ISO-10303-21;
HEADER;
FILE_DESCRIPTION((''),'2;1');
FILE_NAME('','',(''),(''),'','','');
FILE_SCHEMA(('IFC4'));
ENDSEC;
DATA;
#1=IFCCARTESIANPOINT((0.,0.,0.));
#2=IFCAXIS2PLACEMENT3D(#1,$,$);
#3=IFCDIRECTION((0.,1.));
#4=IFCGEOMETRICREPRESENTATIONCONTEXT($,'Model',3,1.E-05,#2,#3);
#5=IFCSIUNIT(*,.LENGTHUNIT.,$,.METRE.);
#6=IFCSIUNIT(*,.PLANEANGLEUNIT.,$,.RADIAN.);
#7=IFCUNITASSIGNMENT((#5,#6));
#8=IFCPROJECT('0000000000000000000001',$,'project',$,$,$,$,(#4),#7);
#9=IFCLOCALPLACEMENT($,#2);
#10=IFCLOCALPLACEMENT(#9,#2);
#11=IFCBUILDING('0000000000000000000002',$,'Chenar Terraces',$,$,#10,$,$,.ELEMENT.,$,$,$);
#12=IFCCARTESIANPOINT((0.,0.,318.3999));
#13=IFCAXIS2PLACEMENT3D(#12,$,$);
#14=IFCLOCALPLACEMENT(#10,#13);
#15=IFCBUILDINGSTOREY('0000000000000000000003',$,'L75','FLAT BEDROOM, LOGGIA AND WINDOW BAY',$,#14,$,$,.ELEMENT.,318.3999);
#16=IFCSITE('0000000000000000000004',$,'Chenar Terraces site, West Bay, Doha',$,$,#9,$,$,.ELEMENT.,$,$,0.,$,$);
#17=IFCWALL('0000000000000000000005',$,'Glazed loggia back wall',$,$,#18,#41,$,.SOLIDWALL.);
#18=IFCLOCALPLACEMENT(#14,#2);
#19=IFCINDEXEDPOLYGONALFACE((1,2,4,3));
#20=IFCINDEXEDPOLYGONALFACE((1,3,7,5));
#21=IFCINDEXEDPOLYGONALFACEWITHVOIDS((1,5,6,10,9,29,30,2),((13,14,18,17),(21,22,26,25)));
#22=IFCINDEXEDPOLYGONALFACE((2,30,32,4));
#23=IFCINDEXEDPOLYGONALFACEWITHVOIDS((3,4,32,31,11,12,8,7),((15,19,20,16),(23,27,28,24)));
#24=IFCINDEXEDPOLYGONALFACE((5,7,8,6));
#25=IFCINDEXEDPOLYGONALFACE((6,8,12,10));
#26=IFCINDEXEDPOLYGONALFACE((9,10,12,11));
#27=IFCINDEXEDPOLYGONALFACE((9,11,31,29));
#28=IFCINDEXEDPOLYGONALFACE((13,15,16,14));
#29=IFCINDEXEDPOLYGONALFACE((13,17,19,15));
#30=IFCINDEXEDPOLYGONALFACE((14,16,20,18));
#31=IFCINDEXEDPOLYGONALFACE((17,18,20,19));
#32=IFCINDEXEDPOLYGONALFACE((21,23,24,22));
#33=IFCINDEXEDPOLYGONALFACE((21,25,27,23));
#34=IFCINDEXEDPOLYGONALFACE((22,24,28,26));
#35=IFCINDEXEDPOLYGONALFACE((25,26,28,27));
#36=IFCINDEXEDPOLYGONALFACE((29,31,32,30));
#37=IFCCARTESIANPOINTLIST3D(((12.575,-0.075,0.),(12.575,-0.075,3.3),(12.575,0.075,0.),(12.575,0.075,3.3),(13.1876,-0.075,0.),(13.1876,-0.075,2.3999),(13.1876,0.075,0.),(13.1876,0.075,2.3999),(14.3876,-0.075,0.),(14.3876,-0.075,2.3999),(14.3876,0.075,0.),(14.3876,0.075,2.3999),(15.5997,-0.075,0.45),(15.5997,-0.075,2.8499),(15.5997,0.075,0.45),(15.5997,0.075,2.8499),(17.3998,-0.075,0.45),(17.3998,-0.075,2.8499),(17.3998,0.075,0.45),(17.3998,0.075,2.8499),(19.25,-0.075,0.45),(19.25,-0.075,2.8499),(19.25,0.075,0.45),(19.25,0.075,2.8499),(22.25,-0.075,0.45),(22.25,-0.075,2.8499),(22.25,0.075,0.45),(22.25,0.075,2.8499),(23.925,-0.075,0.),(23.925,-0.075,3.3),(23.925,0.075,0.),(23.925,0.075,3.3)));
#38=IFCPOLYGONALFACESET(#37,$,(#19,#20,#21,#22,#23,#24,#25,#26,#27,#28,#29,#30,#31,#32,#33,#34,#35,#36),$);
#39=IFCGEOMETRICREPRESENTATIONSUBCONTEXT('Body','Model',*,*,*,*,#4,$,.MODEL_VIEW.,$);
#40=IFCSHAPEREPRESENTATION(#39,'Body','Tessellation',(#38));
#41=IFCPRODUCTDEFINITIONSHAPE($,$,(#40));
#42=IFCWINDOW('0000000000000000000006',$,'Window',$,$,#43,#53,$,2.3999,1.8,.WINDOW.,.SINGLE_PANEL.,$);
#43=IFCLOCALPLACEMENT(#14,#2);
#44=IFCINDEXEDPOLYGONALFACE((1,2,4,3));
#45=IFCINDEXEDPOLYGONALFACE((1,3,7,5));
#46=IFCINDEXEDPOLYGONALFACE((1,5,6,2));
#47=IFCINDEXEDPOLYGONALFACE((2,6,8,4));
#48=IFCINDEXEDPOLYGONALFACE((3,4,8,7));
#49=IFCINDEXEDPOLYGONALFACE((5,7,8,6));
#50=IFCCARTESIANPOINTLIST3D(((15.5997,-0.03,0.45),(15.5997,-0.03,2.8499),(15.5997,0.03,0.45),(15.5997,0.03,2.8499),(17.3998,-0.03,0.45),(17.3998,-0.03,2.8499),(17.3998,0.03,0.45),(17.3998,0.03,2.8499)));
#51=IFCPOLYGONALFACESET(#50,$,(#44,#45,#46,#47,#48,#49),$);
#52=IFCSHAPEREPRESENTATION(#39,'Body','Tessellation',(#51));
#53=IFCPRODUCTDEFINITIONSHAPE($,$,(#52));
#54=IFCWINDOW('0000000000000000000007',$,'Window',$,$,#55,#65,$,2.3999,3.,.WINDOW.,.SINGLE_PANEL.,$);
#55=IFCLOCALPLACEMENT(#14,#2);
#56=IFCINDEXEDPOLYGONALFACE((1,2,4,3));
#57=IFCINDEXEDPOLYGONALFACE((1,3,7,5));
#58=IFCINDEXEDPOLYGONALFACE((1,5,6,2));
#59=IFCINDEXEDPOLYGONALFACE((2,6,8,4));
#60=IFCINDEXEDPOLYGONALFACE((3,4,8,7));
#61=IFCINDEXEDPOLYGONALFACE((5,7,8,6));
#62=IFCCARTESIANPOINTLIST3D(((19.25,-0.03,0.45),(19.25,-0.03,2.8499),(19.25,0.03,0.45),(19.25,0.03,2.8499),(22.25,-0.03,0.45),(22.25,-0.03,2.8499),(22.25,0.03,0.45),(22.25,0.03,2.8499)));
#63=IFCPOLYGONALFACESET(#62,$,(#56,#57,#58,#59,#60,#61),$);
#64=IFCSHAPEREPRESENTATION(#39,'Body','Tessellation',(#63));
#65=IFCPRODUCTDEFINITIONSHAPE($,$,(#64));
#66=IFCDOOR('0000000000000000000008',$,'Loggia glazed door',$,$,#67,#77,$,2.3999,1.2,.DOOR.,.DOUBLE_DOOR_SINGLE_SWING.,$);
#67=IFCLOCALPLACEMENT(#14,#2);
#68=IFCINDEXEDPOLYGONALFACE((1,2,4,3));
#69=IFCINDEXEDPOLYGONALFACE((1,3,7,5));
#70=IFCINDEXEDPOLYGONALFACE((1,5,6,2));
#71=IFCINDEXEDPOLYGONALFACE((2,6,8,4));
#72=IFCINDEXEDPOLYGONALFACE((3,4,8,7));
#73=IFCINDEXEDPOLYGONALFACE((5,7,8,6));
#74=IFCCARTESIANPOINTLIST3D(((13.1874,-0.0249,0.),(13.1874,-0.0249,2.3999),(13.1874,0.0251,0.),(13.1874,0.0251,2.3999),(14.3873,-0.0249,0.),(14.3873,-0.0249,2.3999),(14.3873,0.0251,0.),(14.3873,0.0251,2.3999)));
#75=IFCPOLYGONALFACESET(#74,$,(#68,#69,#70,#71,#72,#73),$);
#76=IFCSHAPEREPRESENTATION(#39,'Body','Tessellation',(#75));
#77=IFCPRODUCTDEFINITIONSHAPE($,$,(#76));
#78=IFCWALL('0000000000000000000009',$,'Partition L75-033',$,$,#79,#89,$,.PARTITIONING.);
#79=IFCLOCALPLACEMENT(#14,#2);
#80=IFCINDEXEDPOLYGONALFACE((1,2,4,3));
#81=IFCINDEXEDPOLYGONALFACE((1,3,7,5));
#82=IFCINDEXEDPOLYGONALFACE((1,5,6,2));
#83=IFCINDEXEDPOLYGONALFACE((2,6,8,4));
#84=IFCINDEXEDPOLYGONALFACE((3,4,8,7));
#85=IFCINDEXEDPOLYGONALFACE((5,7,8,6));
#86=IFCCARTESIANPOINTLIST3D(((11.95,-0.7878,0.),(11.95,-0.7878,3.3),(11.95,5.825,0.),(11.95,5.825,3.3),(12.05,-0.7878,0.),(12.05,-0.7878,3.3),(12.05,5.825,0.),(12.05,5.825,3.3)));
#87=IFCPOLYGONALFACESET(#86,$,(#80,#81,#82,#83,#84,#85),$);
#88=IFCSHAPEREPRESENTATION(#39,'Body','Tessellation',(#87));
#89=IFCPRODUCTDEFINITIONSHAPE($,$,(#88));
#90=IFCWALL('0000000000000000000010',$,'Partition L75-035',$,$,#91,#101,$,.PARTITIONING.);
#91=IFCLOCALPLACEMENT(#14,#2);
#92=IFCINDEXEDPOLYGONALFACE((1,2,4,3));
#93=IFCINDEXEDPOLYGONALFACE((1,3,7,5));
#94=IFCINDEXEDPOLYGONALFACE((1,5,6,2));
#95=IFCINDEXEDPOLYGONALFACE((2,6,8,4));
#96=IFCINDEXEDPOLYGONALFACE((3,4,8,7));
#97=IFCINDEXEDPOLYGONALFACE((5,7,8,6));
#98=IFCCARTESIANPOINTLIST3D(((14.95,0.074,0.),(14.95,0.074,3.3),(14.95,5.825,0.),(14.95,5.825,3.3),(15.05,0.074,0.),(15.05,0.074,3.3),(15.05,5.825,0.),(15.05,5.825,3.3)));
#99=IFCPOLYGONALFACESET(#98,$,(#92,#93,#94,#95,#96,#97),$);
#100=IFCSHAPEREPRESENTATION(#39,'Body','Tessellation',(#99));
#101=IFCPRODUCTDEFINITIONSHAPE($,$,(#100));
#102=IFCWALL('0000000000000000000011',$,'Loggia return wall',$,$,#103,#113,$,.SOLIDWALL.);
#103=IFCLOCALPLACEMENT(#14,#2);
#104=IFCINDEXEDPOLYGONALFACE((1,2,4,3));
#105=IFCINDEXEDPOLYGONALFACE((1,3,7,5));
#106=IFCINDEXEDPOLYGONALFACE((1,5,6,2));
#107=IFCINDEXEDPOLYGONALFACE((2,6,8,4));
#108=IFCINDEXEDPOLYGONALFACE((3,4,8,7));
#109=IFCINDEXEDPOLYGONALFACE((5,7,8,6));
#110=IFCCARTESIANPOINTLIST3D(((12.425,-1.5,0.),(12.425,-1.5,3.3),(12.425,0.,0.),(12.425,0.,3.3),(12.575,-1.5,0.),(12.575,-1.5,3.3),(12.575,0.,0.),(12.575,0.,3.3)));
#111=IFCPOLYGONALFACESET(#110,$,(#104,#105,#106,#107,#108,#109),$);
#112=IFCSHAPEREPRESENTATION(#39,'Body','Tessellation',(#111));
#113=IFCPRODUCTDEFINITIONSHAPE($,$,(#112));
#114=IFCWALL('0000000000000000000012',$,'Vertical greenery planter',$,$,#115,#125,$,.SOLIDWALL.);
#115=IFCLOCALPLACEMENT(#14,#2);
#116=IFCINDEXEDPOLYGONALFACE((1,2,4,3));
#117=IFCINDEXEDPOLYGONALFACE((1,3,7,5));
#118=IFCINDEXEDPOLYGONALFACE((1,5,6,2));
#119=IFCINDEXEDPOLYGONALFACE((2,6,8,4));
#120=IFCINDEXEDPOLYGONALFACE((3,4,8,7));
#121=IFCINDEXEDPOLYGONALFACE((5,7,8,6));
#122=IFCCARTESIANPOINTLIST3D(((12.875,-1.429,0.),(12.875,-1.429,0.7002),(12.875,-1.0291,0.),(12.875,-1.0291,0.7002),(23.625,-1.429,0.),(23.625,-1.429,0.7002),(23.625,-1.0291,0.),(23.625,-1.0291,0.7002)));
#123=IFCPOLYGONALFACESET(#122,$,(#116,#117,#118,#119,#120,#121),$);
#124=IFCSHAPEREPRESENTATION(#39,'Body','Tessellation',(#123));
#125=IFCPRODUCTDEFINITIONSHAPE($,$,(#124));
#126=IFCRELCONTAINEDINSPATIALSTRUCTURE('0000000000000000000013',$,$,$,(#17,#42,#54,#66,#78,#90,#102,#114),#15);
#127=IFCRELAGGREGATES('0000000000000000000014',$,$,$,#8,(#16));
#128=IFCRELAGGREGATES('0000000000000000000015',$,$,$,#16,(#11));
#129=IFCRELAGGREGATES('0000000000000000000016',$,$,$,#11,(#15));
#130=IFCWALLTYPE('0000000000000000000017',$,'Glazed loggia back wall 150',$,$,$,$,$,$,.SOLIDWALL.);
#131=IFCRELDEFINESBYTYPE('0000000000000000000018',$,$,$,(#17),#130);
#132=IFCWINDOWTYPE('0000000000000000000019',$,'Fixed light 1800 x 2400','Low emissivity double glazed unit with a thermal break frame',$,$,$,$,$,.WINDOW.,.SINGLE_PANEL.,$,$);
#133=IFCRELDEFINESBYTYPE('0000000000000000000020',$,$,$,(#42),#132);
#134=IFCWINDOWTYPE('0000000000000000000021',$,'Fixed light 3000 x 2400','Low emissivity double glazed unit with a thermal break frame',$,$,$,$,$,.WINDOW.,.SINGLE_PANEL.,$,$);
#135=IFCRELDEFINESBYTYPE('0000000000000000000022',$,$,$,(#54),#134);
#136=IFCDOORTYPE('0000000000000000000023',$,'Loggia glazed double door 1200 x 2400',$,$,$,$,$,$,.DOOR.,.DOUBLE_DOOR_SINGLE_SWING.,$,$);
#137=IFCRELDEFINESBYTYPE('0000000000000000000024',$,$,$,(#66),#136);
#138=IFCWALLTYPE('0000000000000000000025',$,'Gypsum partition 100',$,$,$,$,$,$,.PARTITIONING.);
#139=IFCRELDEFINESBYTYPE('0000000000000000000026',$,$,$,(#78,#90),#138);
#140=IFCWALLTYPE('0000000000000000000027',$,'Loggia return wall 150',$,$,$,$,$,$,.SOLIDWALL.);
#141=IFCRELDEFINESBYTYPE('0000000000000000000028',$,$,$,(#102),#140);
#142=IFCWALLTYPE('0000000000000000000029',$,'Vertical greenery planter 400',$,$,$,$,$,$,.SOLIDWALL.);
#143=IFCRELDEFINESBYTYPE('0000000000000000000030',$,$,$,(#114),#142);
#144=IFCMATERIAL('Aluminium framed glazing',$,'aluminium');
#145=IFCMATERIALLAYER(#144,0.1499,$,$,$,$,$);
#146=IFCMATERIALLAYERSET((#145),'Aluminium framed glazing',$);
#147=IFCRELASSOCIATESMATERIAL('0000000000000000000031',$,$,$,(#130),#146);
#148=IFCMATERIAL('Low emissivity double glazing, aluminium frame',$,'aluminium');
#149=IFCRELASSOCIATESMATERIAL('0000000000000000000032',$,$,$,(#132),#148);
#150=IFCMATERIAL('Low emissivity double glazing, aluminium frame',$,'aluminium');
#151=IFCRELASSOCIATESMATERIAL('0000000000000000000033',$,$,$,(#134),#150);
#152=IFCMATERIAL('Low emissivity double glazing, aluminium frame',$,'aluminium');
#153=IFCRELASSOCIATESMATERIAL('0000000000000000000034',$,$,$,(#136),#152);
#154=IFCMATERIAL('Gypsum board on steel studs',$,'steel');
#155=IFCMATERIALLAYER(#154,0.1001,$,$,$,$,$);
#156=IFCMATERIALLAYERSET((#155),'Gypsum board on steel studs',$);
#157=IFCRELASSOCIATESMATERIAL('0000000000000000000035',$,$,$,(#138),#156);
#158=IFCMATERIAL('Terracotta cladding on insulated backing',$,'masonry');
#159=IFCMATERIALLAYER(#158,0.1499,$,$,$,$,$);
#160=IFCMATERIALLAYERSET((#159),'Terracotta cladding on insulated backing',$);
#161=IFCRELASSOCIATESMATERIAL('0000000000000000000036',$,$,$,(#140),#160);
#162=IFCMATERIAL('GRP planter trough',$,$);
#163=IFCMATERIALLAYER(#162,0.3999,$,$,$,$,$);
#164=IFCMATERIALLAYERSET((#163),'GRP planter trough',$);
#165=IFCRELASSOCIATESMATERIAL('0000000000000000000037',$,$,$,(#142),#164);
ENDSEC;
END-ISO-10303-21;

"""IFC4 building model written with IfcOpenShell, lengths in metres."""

from ifc_helpers import new_model, si_unit, direction, frame, frame_2d, origin, place, context, subcontext, project, spatial, rectangle, extrude, material, layer, layer_set, type_object, element, fill, save


model = new_model("IFC4")

# Units and contexts
model_context = context("Model", 3, precision=1e-05, world=origin(), true_north=direction((0.0, 1.0)))
body_context = subcontext(model_context, "Body", "Model", "MODEL_VIEW")
ifc_project = project(units=[si_unit("LENGTHUNIT", "METRE"), si_unit("PLANEANGLEUNIT", "RADIAN")], contexts=[model_context])

# Site, building, storey
site_placement = place(None, origin())
site = spatial("IfcSite", under=ifc_project, at=site_placement, Name="Chenar Terraces site, West Bay, Doha", CompositionType="ELEMENT", RefElevation=0.0)
building_placement = place(site_placement, origin())
building = spatial("IfcBuilding", under=site, at=building_placement, Name="Chenar Terraces", CompositionType="ELEMENT")
storey_placement = place(building_placement, frame((0.0, 0.0, 318.3999)))
storey = spatial("IfcBuildingStorey", under=building, at=storey_placement, Name="L75", Description="FLAT BEDROOM, LOGGIA AND WINDOW BAY", CompositionType="ELEMENT", Elevation=318.3999)

# Wall, openings, windows, door
ifc_material_1 = material(Name="Aluminium framed glazing", Category="aluminium")
ifc_layer_1 = layer(ifc_material_1, 0.1499)
ifc_layer_set_1 = layer_set([ifc_layer_1], Name="Aluminium framed glazing")
wall_type_1 = type_object("IfcWallType", Name="Glazed loggia back wall 150", PredefinedType="SOLIDWALL", material=ifc_layer_set_1)
wall_1_placement = place(storey_placement, frame((12.575, 0.0, 0.0), z_axis=(0.0, 0.0, 1.0), x_axis=(1.0, 0.0, 0.0)))
wall_1 = element("IfcWall", 1, at=wall_1_placement, inside=storey, type_object=wall_type_1, Name="Glazed loggia back wall", PredefinedType="SOLIDWALL", context=body_context, shape_type="SweptSolid", body=[
    extrude(rectangle(XDim=11.3501, YDim=0.1499, at=frame_2d((5.675, 0.0))), origin(), (0.0, 0.0, 1.0), 3.3),
])
opening_1_placement = place(wall_1_placement, frame((0.6125, 0.0, 0.0)))
opening_1 = element("IfcOpeningElement", 2, at=opening_1_placement, cuts=wall_1, PredefinedType="OPENING", context=body_context, shape_type="SweptSolid", body=[
    extrude(rectangle(XDim=1.2, YDim=2.3999, at=frame_2d((0.6001, 1.2))), frame((0.0, 0.085, 0.0), z_axis=(0.0, -1.0, 0.0), x_axis=(1.0, 0.0, 0.0)), (0.0, 0.0, 1.0), 0.1699),
])
opening_2_placement = place(wall_1_placement, frame((3.0249, 0.0, 0.45)))
opening_2 = element("IfcOpeningElement", 3, at=opening_2_placement, cuts=wall_1, PredefinedType="OPENING", context=body_context, shape_type="SweptSolid", body=[
    extrude(rectangle(XDim=1.8, YDim=2.3999, at=frame_2d((0.8999, 1.2))), frame((0.0, 0.085, 0.0), z_axis=(0.0, -1.0, 0.0), x_axis=(1.0, 0.0, 0.0)), (0.0, 0.0, 1.0), 0.1699),
])
opening_3_placement = place(wall_1_placement, frame((6.675, 0.0, 0.45)))
opening_3 = element("IfcOpeningElement", 4, at=opening_3_placement, cuts=wall_1, PredefinedType="OPENING", context=body_context, shape_type="SweptSolid", body=[
    extrude(rectangle(XDim=3.0, YDim=2.3999, at=frame_2d((1.5, 1.2))), frame((0.0, 0.085, 0.0), z_axis=(0.0, -1.0, 0.0), x_axis=(1.0, 0.0, 0.0)), (0.0, 0.0, 1.0), 0.1699),
])
ifc_material_2 = material(Name="Low emissivity double glazing, aluminium frame", Category="aluminium")
window_type_1 = type_object("IfcWindowType", Name="Fixed light 1800 x 2400", Description="Low emissivity double glazed unit with a thermal break frame", PartitioningType="SINGLE_PANEL", PredefinedType="WINDOW", material=ifc_material_2)
window_1_placement = place(opening_2_placement, origin())
window_1 = element("IfcWindow", 5, at=window_1_placement, inside=storey, type_object=window_type_1, Name="Window", OverallHeight=2.3999, OverallWidth=1.8, PartitioningType="SINGLE_PANEL", PredefinedType="WINDOW", context=body_context, shape_type="SweptSolid", body=[
    extrude(rectangle(XDim=1.8, YDim=2.3999, at=frame_2d((0.8999, 1.2))), frame((0.0, 0.03, 0.0), z_axis=(0.0, -1.0, 0.0), x_axis=(1.0, 0.0, 0.0)), (0.0, 0.0, 1.0), 0.0601),
])
fill(opening_2, window_1)
ifc_material_3 = material(Name="Low emissivity double glazing, aluminium frame", Category="aluminium")
window_type_2 = type_object("IfcWindowType", Name="Fixed light 3000 x 2400", Description="Low emissivity double glazed unit with a thermal break frame", PartitioningType="SINGLE_PANEL", PredefinedType="WINDOW", material=ifc_material_3)
window_2_placement = place(opening_3_placement, origin())
window_2 = element("IfcWindow", 6, at=window_2_placement, inside=storey, type_object=window_type_2, Name="Window", OverallHeight=2.3999, OverallWidth=3.0, PartitioningType="SINGLE_PANEL", PredefinedType="WINDOW", context=body_context, shape_type="SweptSolid", body=[
    extrude(rectangle(XDim=3.0, YDim=2.3999, at=frame_2d((1.5, 1.2))), frame((0.0, 0.03, 0.0), z_axis=(0.0, -1.0, 0.0), x_axis=(1.0, 0.0, 0.0)), (0.0, 0.0, 1.0), 0.0601),
])
fill(opening_3, window_2)
ifc_material_4 = material(Name="Low emissivity double glazing, aluminium frame", Category="aluminium")
door_type_1 = type_object("IfcDoorType", Name="Loggia glazed double door 1200 x 2400", OperationType="DOUBLE_DOOR_SINGLE_SWING", PredefinedType="DOOR", material=ifc_material_4)
door_1_placement = place(opening_1_placement, frame((1.2, 0.0, 0.0), z_axis=(0.0, 0.0, 1.0), x_axis=(-1.0, 0.0, 0.0)))
door_1 = element("IfcDoor", 7, at=door_1_placement, inside=storey, type_object=door_type_1, Name="Loggia glazed door", OperationType="DOUBLE_DOOR_SINGLE_SWING", OverallHeight=2.3999, OverallWidth=1.2, PredefinedType="DOOR", context=body_context, shape_type="SweptSolid", body=[
    extrude(rectangle(XDim=1.2, YDim=2.3999, at=frame_2d((0.6001, 1.2))), frame((0.0, 0.0249, 0.0), z_axis=(0.0, -1.0, 0.0), x_axis=(1.0, 0.0, 0.0)), (0.0, 0.0, 1.0), 0.05),
])
fill(opening_1, door_1)

# Walls
ifc_material_5 = material(Name="Gypsum board on steel studs", Category="steel")
ifc_layer_2 = layer(ifc_material_5, 0.1001)
ifc_layer_set_2 = layer_set([ifc_layer_2], Name="Gypsum board on steel studs")
wall_type_2 = type_object("IfcWallType", Name="Gypsum partition 100", PredefinedType="PARTITIONING", material=ifc_layer_set_2)
wall_2_placement = place(storey_placement, frame((12.0, -0.7878, 0.0), z_axis=(0.0, 0.0, 1.0), x_axis=(0.0, 1.0, 0.0)))
element("IfcWall", 8, at=wall_2_placement, inside=storey, type_object=wall_type_2, Name="Partition L75-033", PredefinedType="PARTITIONING", context=body_context, shape_type="SweptSolid", body=[
    extrude(rectangle(XDim=6.6128, YDim=0.1001, at=frame_2d((3.3064, 0.0))), origin(), (0.0, 0.0, 1.0), 3.3),
])
wall_3_placement = place(storey_placement, frame((15.0, 0.074, 0.0), z_axis=(0.0, 0.0, 1.0), x_axis=(0.0, 1.0, 0.0)))
element("IfcWall", 9, at=wall_3_placement, inside=storey, type_object=wall_type_2, Name="Partition L75-035", PredefinedType="PARTITIONING", context=body_context, shape_type="SweptSolid", body=[
    extrude(rectangle(XDim=5.751, YDim=0.1001, at=frame_2d((2.8755, 0.0))), origin(), (0.0, 0.0, 1.0), 3.3),
])
ifc_material_6 = material(Name="Terracotta cladding on insulated backing", Category="masonry")
ifc_layer_3 = layer(ifc_material_6, 0.1499)
ifc_layer_set_3 = layer_set([ifc_layer_3], Name="Terracotta cladding on insulated backing")
wall_type_3 = type_object("IfcWallType", Name="Loggia return wall 150", PredefinedType="SOLIDWALL", material=ifc_layer_set_3)
wall_4_placement = place(storey_placement, frame((12.5, -1.5, 0.0), z_axis=(0.0, 0.0, 1.0), x_axis=(0.0, 1.0, 0.0)))
element("IfcWall", 10, at=wall_4_placement, inside=storey, type_object=wall_type_3, Name="Loggia return wall", PredefinedType="SOLIDWALL", context=body_context, shape_type="SweptSolid", body=[
    extrude(rectangle(XDim=1.5, YDim=0.1499, at=frame_2d((0.75, 0.0))), origin(), (0.0, 0.0, 1.0), 3.3),
])
ifc_material_7 = material(Name="GRP planter trough")
ifc_layer_4 = layer(ifc_material_7, 0.3999)
ifc_layer_set_4 = layer_set([ifc_layer_4], Name="GRP planter trough")
wall_type_4 = type_object("IfcWallType", Name="Vertical greenery planter 400", PredefinedType="SOLIDWALL", material=ifc_layer_set_4)
wall_5_placement = place(storey_placement, frame((12.875, -1.229, 0.0), z_axis=(0.0, 0.0, 1.0), x_axis=(1.0, 0.0, 0.0)))
element("IfcWall", 11, at=wall_5_placement, inside=storey, type_object=wall_type_4, Name="Vertical greenery planter", PredefinedType="SOLIDWALL", context=body_context, shape_type="SweptSolid", body=[
    extrude(rectangle(XDim=10.75, YDim=0.3999, at=frame_2d((5.375, 0.0))), origin(), (0.0, 0.0, 1.0), 0.7002),
])

save(model, "model.ifc")
